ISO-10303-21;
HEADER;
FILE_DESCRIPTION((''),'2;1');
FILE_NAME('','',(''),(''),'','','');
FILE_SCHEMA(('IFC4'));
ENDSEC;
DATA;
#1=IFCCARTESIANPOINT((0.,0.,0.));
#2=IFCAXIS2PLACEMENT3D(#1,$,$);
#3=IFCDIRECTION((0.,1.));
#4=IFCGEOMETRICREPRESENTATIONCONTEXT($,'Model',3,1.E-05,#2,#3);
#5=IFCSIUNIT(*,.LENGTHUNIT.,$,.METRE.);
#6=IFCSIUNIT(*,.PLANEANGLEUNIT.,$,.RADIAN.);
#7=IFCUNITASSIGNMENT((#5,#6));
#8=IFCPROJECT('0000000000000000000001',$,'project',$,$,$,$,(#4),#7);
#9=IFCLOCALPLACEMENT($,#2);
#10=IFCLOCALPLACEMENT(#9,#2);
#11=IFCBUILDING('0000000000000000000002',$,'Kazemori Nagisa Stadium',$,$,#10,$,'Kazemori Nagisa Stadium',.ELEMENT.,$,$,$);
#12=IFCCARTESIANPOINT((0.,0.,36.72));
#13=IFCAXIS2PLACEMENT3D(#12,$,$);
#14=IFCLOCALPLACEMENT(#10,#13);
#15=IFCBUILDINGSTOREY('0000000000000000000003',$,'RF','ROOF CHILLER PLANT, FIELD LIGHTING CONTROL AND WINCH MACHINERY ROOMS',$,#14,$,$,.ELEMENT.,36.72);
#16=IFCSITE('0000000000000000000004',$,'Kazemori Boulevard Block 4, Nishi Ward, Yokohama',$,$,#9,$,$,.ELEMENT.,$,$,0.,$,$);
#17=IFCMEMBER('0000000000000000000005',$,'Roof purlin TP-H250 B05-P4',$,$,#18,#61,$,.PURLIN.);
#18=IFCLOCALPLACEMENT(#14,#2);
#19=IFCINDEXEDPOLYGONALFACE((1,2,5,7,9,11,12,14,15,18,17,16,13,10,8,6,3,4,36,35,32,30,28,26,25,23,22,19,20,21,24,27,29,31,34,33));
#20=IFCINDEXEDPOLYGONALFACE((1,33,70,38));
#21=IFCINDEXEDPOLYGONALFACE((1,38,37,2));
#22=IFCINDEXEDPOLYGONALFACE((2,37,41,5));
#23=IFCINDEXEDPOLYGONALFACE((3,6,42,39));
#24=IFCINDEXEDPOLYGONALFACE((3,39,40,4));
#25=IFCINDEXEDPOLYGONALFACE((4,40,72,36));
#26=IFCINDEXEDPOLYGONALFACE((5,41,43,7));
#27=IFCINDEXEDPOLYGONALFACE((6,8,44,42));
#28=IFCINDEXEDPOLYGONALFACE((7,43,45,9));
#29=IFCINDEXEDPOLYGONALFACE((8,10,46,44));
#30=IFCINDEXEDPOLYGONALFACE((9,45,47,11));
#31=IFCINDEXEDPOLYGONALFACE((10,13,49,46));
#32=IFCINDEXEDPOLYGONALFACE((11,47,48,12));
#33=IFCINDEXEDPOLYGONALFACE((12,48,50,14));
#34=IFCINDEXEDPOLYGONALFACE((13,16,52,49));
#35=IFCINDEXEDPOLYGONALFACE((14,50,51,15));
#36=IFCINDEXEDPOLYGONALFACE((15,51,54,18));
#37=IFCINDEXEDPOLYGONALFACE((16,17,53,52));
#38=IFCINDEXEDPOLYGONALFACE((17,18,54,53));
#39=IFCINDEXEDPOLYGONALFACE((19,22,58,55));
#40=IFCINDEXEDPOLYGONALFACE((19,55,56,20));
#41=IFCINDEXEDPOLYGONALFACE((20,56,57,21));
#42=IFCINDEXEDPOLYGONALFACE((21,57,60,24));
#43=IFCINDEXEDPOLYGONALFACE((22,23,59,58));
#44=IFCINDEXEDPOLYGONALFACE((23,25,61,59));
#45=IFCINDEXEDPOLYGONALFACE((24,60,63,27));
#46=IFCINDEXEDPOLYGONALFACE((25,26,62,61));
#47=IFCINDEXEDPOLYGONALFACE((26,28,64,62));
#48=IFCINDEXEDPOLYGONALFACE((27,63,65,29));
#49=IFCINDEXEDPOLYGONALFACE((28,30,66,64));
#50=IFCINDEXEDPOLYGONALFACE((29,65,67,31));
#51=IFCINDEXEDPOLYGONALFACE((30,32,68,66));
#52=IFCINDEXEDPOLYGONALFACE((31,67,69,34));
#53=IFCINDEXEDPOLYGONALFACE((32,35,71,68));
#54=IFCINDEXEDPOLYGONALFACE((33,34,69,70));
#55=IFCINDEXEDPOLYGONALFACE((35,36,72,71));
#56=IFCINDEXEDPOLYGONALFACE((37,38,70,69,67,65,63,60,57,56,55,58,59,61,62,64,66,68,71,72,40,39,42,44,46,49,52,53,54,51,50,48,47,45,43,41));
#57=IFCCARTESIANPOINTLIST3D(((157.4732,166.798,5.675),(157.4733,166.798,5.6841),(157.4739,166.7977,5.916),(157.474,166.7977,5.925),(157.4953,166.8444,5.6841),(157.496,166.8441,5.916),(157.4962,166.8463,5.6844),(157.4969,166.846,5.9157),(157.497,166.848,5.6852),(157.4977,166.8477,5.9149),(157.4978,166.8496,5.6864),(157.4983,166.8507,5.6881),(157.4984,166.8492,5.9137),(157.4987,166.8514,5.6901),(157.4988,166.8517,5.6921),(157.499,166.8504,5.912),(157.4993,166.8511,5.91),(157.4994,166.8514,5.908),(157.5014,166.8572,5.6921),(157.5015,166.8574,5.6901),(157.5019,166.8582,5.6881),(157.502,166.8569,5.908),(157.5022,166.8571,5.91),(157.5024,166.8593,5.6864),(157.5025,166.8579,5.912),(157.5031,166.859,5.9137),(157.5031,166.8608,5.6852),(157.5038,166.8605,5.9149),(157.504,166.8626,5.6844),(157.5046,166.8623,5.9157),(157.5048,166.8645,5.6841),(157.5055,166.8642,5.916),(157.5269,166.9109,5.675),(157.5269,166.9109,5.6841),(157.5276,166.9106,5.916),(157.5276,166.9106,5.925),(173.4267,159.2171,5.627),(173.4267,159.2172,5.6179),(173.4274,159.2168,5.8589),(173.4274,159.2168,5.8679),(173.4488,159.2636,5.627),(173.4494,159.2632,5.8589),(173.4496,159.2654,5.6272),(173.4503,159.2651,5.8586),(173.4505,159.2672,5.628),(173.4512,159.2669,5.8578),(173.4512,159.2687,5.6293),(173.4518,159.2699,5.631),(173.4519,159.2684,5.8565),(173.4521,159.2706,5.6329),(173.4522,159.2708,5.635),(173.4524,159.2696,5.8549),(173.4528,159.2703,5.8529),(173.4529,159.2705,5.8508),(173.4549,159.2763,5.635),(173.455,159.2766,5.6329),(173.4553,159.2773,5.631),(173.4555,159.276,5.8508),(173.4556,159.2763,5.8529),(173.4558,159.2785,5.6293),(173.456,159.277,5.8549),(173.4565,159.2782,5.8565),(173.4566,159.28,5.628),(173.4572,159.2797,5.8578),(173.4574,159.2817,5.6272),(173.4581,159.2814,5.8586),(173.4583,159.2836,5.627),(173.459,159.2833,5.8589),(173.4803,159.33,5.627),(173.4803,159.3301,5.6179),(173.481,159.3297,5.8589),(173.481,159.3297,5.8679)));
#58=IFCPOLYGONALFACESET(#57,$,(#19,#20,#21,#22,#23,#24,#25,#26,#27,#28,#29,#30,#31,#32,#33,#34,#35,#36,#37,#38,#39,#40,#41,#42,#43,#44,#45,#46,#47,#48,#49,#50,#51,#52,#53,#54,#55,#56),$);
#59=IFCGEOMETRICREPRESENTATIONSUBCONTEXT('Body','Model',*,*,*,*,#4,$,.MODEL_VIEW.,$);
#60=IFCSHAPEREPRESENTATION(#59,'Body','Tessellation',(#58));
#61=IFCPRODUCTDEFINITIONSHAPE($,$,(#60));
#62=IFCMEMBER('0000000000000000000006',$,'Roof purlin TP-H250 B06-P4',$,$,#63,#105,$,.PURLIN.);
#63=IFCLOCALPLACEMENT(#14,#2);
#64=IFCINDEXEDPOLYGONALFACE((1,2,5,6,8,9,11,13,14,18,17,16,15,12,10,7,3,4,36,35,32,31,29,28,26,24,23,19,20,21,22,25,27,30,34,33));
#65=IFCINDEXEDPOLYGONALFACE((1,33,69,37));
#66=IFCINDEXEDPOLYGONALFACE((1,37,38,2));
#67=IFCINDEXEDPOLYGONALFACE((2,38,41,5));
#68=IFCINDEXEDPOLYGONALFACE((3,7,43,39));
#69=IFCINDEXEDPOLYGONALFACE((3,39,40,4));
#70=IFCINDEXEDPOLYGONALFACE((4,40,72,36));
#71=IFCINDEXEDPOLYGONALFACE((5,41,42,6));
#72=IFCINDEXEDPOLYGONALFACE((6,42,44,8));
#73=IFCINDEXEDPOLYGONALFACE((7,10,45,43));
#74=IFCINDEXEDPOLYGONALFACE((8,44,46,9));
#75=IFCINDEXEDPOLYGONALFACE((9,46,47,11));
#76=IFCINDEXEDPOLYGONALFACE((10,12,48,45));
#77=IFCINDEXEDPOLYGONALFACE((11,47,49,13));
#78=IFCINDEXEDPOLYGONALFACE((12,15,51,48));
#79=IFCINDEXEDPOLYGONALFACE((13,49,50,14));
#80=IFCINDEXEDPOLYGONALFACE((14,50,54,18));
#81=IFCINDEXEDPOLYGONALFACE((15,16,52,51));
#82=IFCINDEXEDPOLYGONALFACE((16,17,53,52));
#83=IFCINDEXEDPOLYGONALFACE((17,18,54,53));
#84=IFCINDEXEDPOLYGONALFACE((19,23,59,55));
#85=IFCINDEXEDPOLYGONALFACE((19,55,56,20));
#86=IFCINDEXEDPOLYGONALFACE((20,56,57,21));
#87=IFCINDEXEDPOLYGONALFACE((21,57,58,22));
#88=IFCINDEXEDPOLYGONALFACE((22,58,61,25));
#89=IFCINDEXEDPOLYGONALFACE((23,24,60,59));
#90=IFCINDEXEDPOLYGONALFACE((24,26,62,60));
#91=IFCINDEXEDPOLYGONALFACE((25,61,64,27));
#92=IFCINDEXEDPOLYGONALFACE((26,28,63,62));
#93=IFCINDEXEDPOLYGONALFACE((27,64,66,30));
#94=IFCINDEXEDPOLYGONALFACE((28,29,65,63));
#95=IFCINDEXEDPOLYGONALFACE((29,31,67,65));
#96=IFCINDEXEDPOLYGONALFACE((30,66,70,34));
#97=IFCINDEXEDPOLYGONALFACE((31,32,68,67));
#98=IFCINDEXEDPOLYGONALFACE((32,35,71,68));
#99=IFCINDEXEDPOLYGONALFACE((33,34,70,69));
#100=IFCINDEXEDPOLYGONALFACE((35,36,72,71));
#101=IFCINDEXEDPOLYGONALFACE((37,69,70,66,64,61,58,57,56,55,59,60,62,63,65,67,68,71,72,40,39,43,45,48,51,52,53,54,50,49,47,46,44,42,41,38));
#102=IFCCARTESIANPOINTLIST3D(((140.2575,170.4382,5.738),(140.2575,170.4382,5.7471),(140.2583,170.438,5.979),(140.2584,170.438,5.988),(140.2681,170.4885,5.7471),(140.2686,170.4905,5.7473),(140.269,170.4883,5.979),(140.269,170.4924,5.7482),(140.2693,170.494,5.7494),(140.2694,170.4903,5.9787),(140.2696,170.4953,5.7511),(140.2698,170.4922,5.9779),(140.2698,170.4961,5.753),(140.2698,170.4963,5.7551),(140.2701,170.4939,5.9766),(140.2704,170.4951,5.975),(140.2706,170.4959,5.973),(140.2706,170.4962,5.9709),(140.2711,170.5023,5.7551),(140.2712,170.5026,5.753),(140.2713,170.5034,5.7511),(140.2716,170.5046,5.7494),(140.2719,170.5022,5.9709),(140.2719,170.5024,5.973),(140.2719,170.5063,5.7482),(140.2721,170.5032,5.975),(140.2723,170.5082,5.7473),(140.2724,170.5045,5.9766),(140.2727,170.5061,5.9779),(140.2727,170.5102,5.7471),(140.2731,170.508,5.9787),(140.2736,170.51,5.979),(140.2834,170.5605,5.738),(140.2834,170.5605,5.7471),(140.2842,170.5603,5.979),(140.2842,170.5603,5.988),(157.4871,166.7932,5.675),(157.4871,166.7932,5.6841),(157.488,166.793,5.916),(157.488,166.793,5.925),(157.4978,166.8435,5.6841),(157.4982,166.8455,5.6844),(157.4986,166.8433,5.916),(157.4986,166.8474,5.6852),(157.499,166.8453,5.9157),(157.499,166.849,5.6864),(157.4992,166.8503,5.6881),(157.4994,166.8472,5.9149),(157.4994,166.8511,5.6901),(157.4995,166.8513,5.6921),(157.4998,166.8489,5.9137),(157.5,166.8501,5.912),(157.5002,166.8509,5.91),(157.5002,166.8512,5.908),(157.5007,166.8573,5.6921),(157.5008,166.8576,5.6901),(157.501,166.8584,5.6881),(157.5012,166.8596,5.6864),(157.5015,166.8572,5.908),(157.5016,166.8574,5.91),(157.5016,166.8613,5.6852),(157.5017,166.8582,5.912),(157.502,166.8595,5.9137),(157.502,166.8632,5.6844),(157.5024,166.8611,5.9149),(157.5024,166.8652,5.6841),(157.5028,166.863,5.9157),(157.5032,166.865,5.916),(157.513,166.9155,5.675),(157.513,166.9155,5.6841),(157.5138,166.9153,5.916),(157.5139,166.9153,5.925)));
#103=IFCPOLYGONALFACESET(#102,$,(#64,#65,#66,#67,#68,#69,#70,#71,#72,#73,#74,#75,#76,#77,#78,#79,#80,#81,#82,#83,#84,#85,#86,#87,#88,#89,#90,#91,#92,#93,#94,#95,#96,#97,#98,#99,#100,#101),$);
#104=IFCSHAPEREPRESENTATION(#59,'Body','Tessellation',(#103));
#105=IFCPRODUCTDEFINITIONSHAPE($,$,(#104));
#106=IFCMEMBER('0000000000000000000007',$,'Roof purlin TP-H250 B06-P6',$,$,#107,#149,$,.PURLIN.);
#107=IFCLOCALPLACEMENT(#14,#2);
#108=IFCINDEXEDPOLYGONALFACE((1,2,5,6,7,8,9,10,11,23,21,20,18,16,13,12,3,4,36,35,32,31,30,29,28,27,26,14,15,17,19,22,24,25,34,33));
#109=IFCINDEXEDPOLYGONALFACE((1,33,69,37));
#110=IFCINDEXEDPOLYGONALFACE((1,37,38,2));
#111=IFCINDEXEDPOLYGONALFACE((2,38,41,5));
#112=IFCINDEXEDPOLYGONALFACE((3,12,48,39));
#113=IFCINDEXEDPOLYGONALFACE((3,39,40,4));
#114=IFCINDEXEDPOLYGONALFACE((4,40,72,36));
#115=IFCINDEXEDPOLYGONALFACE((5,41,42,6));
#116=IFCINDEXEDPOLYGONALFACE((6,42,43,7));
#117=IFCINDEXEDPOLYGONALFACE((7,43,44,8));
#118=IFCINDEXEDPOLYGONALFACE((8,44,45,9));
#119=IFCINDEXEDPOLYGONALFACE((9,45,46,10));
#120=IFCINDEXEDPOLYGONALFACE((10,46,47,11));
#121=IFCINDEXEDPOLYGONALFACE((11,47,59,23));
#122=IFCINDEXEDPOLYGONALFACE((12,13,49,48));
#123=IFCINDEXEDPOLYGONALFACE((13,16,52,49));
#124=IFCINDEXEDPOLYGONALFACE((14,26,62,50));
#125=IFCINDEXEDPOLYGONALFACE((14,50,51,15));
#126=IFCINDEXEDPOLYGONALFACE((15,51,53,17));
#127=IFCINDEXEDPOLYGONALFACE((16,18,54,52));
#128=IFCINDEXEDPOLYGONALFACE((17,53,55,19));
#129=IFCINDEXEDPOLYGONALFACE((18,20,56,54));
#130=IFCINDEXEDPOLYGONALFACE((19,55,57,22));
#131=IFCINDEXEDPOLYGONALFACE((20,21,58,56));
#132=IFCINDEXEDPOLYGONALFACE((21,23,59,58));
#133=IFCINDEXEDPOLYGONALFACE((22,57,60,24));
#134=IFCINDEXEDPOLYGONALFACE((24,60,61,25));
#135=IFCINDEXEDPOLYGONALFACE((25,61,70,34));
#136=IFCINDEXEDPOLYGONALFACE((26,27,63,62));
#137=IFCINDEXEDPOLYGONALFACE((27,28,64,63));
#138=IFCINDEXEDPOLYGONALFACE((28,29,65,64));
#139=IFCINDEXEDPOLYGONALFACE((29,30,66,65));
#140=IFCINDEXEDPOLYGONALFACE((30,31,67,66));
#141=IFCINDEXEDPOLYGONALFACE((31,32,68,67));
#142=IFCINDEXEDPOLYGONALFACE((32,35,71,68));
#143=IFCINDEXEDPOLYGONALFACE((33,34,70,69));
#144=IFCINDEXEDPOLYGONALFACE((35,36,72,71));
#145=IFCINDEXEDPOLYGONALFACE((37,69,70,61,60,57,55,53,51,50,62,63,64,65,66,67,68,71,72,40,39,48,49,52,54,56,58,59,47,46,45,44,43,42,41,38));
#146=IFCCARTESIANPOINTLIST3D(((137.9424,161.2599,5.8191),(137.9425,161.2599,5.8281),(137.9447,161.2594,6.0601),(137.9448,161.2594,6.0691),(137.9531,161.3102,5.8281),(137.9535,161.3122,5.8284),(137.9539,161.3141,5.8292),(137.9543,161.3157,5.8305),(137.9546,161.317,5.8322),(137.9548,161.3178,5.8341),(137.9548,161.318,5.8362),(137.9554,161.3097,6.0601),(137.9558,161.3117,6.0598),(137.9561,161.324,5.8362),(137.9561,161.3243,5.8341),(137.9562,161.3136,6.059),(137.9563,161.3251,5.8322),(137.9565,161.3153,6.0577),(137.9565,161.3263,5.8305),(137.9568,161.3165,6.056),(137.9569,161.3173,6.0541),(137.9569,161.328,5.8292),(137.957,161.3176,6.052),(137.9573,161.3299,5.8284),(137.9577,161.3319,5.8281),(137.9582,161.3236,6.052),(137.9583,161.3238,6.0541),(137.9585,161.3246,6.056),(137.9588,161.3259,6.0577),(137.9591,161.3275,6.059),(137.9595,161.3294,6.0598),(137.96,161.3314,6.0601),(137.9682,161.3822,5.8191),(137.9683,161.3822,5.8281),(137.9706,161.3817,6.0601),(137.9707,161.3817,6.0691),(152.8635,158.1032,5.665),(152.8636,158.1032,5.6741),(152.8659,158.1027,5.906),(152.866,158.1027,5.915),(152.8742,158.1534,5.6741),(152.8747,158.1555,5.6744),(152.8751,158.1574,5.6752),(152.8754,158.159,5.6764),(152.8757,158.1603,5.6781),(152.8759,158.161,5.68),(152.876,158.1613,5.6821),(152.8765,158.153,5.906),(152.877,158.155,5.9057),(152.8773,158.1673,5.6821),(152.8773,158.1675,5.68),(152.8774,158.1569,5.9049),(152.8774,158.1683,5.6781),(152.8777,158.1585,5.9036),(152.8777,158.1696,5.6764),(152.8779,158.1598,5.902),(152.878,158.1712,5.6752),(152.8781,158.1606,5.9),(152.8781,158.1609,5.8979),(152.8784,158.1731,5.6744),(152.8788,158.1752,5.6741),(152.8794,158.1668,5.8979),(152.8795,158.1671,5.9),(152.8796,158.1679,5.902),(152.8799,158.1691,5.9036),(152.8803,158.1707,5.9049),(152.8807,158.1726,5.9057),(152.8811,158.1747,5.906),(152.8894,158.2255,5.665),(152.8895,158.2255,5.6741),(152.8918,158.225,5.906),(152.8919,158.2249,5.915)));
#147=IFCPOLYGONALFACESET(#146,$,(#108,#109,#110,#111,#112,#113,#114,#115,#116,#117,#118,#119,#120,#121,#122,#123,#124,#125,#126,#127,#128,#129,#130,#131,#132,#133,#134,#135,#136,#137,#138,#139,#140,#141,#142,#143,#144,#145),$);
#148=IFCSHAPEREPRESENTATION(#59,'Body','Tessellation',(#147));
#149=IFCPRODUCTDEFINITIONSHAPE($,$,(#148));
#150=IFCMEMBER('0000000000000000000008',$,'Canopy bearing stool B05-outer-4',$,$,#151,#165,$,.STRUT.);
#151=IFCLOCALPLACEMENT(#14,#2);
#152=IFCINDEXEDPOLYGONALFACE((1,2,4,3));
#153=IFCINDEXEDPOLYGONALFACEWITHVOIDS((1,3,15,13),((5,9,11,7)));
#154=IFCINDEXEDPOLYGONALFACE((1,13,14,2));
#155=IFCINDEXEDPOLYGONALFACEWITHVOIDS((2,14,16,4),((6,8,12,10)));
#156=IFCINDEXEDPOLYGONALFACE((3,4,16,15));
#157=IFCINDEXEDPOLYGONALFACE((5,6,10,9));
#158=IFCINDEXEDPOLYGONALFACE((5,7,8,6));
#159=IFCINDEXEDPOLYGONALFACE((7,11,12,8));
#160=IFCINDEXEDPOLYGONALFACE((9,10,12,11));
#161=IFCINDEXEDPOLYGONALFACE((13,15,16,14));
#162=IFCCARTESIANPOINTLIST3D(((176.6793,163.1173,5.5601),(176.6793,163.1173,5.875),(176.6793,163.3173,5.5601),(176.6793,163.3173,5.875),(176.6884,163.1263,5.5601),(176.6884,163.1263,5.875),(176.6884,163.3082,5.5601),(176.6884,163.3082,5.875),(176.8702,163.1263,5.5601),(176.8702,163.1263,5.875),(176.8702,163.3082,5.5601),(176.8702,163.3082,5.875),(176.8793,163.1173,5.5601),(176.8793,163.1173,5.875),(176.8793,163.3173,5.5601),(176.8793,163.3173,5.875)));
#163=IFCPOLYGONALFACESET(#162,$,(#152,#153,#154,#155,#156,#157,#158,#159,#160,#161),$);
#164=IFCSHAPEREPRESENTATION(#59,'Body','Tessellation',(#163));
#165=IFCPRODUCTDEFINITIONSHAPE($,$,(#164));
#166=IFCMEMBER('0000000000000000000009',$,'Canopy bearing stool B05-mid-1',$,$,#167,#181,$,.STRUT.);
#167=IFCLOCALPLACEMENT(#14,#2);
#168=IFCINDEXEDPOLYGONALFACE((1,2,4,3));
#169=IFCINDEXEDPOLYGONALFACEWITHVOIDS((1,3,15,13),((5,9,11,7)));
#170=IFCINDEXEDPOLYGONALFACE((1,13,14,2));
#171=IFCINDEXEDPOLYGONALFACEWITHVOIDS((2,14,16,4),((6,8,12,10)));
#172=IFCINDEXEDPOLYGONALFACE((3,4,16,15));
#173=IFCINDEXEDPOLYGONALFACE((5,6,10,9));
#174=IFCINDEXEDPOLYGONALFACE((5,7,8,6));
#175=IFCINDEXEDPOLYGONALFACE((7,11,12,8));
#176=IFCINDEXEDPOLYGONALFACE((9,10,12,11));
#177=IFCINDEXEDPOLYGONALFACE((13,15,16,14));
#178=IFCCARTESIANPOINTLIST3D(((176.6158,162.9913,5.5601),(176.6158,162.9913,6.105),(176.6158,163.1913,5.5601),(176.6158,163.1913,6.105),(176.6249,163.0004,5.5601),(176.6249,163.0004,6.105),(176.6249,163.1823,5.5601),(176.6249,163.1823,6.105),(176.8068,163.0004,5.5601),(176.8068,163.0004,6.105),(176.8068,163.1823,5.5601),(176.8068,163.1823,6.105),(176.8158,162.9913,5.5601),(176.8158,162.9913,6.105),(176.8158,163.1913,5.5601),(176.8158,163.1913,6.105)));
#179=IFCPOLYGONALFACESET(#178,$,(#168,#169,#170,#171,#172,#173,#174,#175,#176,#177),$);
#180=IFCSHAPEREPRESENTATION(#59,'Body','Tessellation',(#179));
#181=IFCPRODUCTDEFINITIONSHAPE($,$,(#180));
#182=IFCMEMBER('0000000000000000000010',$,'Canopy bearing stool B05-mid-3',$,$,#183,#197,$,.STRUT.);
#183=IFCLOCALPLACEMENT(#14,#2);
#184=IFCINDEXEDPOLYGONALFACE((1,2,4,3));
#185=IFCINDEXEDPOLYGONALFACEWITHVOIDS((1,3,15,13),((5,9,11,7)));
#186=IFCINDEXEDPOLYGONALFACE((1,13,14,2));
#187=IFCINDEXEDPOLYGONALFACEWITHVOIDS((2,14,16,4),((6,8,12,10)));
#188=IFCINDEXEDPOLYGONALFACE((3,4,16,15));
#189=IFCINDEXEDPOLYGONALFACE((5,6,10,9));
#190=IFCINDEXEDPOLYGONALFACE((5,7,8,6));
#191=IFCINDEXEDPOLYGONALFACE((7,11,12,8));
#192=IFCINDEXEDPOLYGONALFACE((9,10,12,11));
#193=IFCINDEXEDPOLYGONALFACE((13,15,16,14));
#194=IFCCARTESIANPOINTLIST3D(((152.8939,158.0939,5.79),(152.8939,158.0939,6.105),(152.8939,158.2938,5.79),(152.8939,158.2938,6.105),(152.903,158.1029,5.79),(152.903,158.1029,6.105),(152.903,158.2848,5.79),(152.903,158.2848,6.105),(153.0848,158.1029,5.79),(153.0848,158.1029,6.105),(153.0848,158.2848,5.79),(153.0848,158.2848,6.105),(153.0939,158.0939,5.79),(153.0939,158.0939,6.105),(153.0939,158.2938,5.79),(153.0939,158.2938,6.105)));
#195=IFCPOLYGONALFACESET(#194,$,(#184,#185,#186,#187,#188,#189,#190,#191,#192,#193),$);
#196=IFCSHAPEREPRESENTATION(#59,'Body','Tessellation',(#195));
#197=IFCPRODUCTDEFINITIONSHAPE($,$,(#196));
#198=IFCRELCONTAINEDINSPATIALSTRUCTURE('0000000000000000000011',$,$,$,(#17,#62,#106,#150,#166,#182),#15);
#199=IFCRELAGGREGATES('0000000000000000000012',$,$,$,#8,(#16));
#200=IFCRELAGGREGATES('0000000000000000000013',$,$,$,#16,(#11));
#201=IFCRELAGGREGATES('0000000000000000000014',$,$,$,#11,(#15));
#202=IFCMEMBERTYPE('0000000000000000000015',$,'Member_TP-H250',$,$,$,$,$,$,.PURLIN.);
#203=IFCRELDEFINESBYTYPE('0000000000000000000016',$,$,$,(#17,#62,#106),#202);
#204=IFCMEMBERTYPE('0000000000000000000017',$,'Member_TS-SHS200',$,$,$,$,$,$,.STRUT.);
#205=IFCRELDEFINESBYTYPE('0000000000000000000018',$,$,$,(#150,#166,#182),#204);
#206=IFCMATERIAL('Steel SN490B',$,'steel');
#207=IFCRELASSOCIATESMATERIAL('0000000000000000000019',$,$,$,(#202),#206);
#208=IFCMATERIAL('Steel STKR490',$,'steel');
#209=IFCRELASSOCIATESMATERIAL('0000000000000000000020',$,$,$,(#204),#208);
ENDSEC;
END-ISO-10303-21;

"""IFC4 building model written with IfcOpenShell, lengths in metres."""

from ifc_helpers import new_model, si_unit, direction, frame, origin, origin_2d, place, context, subcontext, project, spatial, hollow_rectangle, i_section, extrude, material, material_profile, profile_set, type_object, element, save


model = new_model("IFC4")

# Units and contexts
model_context = context("Model", 3, precision=1e-05, world=origin(), true_north=direction((0.0, 1.0)))
body_context = subcontext(model_context, "Body", "Model", "MODEL_VIEW")
ifc_project = project(units=[si_unit("LENGTHUNIT", "METRE"), si_unit("PLANEANGLEUNIT", "RADIAN")], contexts=[model_context])

# Site, building, storey
site_placement = place(None, origin())
site = spatial("IfcSite", under=ifc_project, at=site_placement, Name="Kazemori Boulevard Block 4, Nishi Ward, Yokohama", CompositionType="ELEMENT", RefElevation=0.0)
building_placement = place(site_placement, origin())
building = spatial("IfcBuilding", under=site, at=building_placement, Name="Kazemori Nagisa Stadium", LongName="Kazemori Nagisa Stadium", CompositionType="ELEMENT")
storey_placement = place(building_placement, frame((0.0, 0.0, 36.72)))
storey = spatial("IfcBuildingStorey", under=building, at=storey_placement, Name="RF", Description="ROOF CHILLER PLANT, FIELD LIGHTING CONTROL AND WINCH MACHINERY ROOMS", CompositionType="ELEMENT", Elevation=36.72)

# Shared definitions
ifc_material_1 = material(Name="Steel SN490B", Category="steel")

# Members
ifc_material_2 = material(Name="Steel STKR490", Category="steel")
ifc_material_profile_1 = material_profile(ifc_material_1, i_section(OverallWidth=0.125, OverallDepth=0.25, WebThickness=0.0061, FlangeThickness=0.009, FilletRadius=0.0081, at=origin_2d()), Name="H-250x125x6x9")
ifc_profile_set_1 = profile_set([ifc_material_profile_1], Name="Steel SN490B")
member_type_1 = type_object("IfcMemberType", Name="Member_TP-H250", PredefinedType="PURLIN", material=ifc_profile_set_1)
member_1_placement = place(storey_placement, frame((173.4539, 159.2734, 5.7429), z_axis=(-0.903208, 0.429191, 0.003234), x_axis=(-0.429194, -0.903213, 0.0)))
element("IfcMember", 1, at=member_1_placement, inside=storey, type_object=member_type_1, Name="Roof purlin TP-H250 B05-P4", PredefinedType="PURLIN", context=body_context, shape_type="SweptSolid", body=[
    extrude(i_section(OverallWidth=0.125, OverallDepth=0.25, WebThickness=0.0061, FlangeThickness=0.009, FilletRadius=0.0081, at=origin_2d()), origin(), (0.0, 0.0, 1.0), 17.6631),
])
member_2_placement = place(storey_placement, frame((157.5005, 166.8542, 5.8), z_axis=(-0.97834, 0.206972, 0.003577), x_axis=(-0.206973, -0.978347, 0.0)))
element("IfcMember", 2, at=member_2_placement, inside=storey, type_object=member_type_1, Name="Roof purlin TP-H250 B06-P4", PredefinedType="PURLIN", context=body_context, shape_type="SweptSolid", body=[
    extrude(i_section(OverallWidth=0.125, OverallDepth=0.25, WebThickness=0.0061, FlangeThickness=0.009, FilletRadius=0.0081, at=origin_2d()), origin(), (0.0, 0.0, 1.0), 17.6111),
])
member_3_placement = place(storey_placement, frame((152.8777, 158.1641, 5.79), z_axis=(-0.978295, 0.20697, 0.0101), x_axis=(-0.20698, -0.978345, 0.0)))
element("IfcMember", 3, at=member_3_placement, inside=storey, type_object=member_type_1, Name="Roof purlin TP-H250 B06-P6", PredefinedType="PURLIN", context=body_context, shape_type="SweptSolid", body=[
    extrude(i_section(OverallWidth=0.125, OverallDepth=0.25, WebThickness=0.0061, FlangeThickness=0.009, FilletRadius=0.0081, at=origin_2d()), origin(), (0.0, 0.0, 1.0), 15.2522),
])
ifc_material_profile_2 = material_profile(ifc_material_2, hollow_rectangle(XDim=0.2, YDim=0.2, WallThickness=0.009, at=origin_2d()), Name="SHS-200x200x9")
ifc_profile_set_2 = profile_set([ifc_material_profile_2], Name="Steel STKR490")
member_type_2 = type_object("IfcMemberType", Name="Member_TS-SHS200", PredefinedType="STRUT", material=ifc_profile_set_2)
member_4_placement = place(storey_placement, frame((176.7793, 163.2173, 5.5601), z_axis=(0.0, 0.0, 1.0), x_axis=(1.0, 0.0, 0.0)))
element("IfcMember", 4, at=member_4_placement, inside=storey, type_object=member_type_2, Name="Canopy bearing stool B05-outer-4", PredefinedType="STRUT", context=body_context, shape_type="SweptSolid", body=[
    extrude(hollow_rectangle(XDim=0.2, YDim=0.2, WallThickness=0.009, at=origin_2d()), origin(), (0.0, 0.0, 1.0), 0.3149),
])
member_5_placement = place(storey_placement, frame((176.7158, 163.0913, 5.5601), z_axis=(0.0, 0.0, 1.0), x_axis=(1.0, 0.0, 0.0)))
element("IfcMember", 5, at=member_5_placement, inside=storey, type_object=member_type_2, Name="Canopy bearing stool B05-mid-1", PredefinedType="STRUT", context=body_context, shape_type="SweptSolid", body=[
    extrude(hollow_rectangle(XDim=0.2, YDim=0.2, WallThickness=0.009, at=origin_2d()), origin(), (0.0, 0.0, 1.0), 0.5449),
])
member_6_placement = place(storey_placement, frame((152.9939, 158.1938, 5.79), z_axis=(0.0, 0.0, 1.0), x_axis=(1.0, 0.0, 0.0)))
element("IfcMember", 6, at=member_6_placement, inside=storey, type_object=member_type_2, Name="Canopy bearing stool B05-mid-3", PredefinedType="STRUT", context=body_context, shape_type="SweptSolid", body=[
    extrude(hollow_rectangle(XDim=0.2, YDim=0.2, WallThickness=0.009, at=origin_2d()), origin(), (0.0, 0.0, 1.0), 0.3149),
])

save(model, "model.ifc")
